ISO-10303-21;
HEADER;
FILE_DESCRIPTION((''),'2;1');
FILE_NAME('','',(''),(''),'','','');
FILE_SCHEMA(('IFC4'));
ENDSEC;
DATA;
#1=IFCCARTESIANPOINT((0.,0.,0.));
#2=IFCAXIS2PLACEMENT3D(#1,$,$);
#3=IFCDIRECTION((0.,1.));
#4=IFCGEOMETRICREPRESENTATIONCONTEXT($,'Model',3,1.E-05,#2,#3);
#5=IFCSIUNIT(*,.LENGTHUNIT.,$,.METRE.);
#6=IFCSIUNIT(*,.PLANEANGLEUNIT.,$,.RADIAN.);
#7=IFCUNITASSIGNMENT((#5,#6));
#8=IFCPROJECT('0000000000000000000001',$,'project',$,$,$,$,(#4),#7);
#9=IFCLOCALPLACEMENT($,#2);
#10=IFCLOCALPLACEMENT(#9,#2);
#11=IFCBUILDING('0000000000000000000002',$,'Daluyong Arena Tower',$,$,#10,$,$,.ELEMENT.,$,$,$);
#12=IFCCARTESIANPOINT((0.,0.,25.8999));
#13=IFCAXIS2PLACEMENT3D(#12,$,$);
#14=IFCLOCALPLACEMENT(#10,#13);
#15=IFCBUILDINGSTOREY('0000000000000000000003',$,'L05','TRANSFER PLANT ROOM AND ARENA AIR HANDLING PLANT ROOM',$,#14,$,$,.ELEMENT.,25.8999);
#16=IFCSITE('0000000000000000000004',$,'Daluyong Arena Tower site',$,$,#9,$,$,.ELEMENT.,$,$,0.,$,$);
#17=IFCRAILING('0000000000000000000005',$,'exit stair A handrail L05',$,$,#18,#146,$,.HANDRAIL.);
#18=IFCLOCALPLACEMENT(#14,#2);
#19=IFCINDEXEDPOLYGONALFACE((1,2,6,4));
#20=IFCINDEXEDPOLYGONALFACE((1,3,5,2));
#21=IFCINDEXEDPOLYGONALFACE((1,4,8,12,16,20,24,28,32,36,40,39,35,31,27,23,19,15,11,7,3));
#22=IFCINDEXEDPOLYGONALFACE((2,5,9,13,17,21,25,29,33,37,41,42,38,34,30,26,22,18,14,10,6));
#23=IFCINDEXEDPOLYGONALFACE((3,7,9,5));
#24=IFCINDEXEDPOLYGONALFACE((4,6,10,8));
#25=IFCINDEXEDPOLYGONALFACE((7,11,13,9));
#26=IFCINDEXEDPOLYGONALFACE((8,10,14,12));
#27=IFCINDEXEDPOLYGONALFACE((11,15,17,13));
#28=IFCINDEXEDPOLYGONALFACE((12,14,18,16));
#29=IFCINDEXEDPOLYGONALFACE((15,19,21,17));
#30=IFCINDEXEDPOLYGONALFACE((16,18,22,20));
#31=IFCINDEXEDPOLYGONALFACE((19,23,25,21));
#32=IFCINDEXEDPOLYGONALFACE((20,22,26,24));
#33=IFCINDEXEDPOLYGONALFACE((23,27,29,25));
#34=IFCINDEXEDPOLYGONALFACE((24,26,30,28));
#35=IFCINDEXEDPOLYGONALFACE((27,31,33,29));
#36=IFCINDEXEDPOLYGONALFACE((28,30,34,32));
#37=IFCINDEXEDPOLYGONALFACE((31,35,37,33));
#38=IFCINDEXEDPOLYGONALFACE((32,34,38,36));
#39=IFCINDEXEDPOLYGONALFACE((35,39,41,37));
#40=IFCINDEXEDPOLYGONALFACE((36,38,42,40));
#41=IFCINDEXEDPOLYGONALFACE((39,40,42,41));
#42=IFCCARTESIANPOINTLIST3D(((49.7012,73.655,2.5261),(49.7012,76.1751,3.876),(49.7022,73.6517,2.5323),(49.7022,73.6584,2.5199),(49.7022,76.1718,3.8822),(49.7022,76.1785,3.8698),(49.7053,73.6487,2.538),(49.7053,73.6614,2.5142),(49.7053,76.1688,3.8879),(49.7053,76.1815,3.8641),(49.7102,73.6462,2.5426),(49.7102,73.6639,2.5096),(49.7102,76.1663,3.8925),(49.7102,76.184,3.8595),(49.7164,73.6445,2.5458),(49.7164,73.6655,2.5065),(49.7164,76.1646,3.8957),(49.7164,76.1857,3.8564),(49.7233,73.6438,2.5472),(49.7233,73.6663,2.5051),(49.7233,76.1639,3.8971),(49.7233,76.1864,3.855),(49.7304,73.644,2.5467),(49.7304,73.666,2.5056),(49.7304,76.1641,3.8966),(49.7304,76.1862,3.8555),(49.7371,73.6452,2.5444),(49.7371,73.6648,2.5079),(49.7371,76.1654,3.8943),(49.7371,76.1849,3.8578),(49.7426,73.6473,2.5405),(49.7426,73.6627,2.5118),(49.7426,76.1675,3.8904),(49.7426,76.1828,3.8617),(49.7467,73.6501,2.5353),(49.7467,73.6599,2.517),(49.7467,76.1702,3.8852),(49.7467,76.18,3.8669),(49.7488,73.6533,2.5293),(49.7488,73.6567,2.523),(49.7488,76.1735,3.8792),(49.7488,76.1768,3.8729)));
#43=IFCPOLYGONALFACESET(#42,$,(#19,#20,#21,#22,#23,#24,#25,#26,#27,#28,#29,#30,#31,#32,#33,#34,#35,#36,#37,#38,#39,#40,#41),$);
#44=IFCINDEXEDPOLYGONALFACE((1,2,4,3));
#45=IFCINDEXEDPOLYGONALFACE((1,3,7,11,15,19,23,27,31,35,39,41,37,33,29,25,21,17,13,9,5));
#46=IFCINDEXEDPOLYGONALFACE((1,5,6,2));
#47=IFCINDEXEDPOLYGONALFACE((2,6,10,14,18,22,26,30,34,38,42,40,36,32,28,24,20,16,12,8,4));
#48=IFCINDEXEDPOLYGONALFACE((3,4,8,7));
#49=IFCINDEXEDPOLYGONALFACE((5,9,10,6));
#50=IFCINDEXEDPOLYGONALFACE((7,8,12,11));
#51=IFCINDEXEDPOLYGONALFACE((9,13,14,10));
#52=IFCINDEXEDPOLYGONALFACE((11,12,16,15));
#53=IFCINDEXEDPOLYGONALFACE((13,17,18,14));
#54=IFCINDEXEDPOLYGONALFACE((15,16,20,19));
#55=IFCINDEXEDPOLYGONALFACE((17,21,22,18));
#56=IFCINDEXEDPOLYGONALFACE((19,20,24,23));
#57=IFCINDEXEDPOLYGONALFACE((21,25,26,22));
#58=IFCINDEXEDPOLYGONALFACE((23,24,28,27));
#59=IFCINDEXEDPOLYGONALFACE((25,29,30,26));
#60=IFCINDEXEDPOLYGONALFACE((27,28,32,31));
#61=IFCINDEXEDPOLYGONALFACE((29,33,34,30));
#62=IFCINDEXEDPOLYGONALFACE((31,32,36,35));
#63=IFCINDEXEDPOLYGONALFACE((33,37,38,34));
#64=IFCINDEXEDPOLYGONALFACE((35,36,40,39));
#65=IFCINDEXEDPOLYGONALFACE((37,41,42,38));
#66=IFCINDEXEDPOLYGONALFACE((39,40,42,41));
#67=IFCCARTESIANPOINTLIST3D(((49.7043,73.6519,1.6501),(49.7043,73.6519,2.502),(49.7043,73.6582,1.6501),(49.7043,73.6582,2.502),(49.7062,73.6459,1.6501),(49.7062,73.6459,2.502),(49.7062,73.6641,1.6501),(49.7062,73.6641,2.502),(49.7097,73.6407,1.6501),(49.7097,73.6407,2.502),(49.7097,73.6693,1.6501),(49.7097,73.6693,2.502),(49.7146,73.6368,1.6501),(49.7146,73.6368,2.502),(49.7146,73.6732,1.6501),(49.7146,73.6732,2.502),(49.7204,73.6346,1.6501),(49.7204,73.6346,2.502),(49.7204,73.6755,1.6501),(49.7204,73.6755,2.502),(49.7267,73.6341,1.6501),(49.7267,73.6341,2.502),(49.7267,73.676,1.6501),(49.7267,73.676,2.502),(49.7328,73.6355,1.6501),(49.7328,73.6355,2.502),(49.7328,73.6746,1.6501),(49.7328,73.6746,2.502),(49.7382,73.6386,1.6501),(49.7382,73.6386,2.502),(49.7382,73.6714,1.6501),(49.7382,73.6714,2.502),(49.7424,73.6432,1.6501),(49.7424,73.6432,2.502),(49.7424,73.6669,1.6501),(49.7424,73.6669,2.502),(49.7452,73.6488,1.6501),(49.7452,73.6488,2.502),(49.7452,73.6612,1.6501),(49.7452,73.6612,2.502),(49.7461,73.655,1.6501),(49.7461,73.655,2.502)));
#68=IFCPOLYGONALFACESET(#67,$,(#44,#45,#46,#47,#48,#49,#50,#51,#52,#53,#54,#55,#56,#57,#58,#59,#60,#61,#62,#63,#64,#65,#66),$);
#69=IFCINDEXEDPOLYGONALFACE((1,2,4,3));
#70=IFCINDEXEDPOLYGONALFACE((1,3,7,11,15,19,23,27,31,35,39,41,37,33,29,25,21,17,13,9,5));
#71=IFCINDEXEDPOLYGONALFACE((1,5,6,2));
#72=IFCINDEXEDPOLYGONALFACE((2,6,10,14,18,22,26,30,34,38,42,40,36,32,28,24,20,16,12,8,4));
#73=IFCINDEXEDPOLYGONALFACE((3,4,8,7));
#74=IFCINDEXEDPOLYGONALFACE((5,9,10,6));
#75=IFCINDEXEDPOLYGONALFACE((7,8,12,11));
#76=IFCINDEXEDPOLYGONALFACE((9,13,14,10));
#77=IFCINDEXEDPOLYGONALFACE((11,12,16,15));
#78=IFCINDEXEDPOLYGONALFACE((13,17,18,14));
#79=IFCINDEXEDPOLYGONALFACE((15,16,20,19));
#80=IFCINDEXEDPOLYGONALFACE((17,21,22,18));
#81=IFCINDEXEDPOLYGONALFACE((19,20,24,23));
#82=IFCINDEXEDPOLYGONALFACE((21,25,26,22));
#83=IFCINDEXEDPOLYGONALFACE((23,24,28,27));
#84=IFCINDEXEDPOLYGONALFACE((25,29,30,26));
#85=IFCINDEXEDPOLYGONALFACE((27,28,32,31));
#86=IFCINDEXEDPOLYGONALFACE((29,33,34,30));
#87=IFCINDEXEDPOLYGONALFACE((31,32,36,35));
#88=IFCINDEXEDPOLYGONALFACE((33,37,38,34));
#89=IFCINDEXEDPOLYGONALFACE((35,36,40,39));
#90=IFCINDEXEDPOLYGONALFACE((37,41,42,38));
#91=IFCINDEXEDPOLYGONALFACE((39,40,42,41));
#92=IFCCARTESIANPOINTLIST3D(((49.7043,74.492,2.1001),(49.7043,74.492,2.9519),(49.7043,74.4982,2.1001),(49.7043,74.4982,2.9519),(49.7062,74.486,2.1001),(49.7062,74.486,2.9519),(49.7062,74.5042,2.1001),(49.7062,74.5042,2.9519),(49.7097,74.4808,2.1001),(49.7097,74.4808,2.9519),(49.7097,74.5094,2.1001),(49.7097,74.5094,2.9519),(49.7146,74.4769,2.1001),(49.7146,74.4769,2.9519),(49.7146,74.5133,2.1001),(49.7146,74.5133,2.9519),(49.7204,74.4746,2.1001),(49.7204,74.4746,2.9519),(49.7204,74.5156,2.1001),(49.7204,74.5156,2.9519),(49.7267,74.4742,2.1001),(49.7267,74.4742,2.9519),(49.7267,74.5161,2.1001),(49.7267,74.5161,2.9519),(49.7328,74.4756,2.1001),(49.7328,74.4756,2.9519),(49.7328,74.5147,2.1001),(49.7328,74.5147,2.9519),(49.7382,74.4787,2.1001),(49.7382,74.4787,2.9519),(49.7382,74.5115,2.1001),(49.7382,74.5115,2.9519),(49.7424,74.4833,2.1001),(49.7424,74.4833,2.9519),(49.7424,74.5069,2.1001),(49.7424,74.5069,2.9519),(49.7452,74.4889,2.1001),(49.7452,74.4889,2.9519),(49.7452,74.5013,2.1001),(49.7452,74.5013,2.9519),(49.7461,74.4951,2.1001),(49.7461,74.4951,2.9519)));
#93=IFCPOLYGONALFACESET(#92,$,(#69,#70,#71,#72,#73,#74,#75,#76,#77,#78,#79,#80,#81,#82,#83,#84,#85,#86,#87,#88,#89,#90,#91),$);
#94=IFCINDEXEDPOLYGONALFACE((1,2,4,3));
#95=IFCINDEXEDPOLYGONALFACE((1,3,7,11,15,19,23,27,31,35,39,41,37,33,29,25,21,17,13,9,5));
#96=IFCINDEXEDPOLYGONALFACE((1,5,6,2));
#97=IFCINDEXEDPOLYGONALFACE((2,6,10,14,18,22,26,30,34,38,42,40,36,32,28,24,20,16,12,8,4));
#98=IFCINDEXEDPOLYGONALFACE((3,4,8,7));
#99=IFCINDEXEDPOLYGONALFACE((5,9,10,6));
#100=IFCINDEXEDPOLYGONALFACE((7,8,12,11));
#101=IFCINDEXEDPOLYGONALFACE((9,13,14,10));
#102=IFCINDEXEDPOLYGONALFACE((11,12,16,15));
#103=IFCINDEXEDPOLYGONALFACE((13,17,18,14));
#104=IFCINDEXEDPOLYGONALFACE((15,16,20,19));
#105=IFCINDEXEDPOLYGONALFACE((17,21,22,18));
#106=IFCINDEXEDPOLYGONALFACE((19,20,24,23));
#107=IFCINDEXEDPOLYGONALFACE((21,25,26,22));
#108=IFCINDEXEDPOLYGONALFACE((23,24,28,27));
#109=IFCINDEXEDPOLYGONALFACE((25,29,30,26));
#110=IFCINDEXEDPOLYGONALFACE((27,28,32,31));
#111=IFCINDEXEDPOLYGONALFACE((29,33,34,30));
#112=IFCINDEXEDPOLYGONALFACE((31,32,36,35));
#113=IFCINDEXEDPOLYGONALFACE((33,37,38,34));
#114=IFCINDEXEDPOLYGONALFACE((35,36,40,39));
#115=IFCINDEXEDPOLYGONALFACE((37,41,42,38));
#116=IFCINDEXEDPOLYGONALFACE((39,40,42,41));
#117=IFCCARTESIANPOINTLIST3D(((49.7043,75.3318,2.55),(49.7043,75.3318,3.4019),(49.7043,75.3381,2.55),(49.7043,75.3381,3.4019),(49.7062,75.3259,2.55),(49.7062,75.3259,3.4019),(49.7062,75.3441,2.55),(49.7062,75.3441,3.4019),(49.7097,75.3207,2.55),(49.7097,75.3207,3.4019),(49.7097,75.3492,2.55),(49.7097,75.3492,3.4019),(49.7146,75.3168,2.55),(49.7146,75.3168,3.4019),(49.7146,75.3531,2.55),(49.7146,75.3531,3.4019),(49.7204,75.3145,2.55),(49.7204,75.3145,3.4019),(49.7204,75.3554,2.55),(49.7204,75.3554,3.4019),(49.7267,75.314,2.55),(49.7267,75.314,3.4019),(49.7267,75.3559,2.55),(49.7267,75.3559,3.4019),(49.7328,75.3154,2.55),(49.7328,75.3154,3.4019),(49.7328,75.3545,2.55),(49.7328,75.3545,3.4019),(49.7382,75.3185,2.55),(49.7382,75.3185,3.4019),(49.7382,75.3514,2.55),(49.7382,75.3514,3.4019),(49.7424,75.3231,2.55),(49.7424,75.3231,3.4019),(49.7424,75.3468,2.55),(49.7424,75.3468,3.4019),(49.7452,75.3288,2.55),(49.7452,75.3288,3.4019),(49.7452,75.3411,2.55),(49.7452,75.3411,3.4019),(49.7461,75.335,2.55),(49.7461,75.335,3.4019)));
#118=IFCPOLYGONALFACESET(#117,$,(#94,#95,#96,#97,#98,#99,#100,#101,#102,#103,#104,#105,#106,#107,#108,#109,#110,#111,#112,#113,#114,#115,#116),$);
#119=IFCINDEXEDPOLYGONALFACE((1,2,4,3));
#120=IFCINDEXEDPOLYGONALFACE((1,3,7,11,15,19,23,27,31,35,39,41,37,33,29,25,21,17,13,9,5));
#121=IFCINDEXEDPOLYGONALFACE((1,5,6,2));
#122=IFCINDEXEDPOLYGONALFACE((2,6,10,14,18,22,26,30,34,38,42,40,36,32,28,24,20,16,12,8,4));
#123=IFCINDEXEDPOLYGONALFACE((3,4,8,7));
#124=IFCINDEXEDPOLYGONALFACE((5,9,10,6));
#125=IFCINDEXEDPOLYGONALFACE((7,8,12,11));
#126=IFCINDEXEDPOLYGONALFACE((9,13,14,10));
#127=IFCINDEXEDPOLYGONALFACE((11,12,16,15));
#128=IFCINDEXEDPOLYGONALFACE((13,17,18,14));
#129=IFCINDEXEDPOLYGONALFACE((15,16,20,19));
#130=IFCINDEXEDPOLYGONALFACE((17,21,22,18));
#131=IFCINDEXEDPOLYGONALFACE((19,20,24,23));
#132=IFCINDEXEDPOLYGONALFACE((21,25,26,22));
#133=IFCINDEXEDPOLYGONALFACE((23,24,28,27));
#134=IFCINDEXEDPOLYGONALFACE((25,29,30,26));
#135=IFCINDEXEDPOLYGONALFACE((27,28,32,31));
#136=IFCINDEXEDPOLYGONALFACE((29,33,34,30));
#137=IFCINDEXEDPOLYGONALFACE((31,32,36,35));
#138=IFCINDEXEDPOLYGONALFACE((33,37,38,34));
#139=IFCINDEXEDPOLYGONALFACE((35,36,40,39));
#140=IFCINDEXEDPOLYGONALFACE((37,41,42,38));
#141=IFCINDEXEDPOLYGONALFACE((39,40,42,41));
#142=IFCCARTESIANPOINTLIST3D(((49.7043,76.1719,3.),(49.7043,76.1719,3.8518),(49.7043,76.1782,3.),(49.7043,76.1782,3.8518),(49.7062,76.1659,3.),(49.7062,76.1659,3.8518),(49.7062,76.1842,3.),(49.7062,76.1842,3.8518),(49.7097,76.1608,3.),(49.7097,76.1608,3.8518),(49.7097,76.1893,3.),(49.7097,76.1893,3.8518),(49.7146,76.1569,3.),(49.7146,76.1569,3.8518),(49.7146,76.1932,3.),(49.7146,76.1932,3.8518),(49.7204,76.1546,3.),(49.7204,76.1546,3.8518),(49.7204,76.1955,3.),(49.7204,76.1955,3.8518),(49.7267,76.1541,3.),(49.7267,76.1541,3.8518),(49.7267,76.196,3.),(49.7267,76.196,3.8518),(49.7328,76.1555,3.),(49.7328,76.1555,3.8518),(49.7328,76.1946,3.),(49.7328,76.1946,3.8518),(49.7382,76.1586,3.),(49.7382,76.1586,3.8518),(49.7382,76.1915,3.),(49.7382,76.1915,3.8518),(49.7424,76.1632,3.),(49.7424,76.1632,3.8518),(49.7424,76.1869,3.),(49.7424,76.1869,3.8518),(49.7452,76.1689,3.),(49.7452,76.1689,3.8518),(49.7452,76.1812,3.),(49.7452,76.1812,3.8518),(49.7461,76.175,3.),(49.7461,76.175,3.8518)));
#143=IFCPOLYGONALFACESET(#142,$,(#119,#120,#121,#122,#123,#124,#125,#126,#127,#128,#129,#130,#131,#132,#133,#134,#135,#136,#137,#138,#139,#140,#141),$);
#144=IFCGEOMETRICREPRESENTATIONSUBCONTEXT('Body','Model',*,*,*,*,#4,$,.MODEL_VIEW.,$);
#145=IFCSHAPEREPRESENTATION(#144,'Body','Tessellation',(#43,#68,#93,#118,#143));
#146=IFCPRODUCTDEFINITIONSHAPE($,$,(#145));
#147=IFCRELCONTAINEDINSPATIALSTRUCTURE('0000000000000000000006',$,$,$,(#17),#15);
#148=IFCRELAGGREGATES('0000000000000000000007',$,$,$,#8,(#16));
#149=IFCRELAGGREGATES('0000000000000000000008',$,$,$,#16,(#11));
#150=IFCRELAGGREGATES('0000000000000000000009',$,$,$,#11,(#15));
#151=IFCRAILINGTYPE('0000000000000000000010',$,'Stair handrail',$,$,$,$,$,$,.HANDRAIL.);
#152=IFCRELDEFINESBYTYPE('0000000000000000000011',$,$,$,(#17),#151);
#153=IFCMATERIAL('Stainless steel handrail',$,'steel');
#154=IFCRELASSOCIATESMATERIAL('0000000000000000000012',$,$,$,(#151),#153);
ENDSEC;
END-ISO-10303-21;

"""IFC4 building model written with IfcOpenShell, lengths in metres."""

from ifc_helpers import new_model, si_unit, direction, frame, origin, origin_2d, place, context, subcontext, project, spatial, circle, extrude, material, type_object, element, save


model = new_model("IFC4")

# Units and contexts
model_context = context("Model", 3, precision=1e-05, world=origin(), true_north=direction((0.0, 1.0)))
body_context = subcontext(model_context, "Body", "Model", "MODEL_VIEW")
ifc_project = project(units=[si_unit("LENGTHUNIT", "METRE"), si_unit("PLANEANGLEUNIT", "RADIAN")], contexts=[model_context])

# Site, building, storey
site_placement = place(None, origin())
site = spatial("IfcSite", under=ifc_project, at=site_placement, Name="Daluyong Arena Tower site", CompositionType="ELEMENT", RefElevation=0.0)
building_placement = place(site_placement, origin())
building = spatial("IfcBuilding", under=site, at=building_placement, Name="Daluyong Arena Tower", CompositionType="ELEMENT")
storey_placement = place(building_placement, frame((0.0, 0.0, 25.8999)))
storey = spatial("IfcBuildingStorey", under=building, at=storey_placement, Name="L05", Description="TRANSFER PLANT ROOM AND ARENA AIR HANDLING PLANT ROOM", CompositionType="ELEMENT", Elevation=25.8999)

# Railing
ifc_material_1 = material(Name="Stainless steel handrail", Category="steel")
railing_type_1 = type_object("IfcRailingType", Name="Stair handrail", PredefinedType="HANDRAIL", material=ifc_material_1)
for number, where, name in (
    (1, (49.7251, 73.655, 1.6501), "exit stair A handrail L05"),
):
    element("IfcRailing", number, at=place(storey_placement, frame(where)), inside=storey, type_object=railing_type_1, Name=name, PredefinedType="HANDRAIL", context=body_context, shape_type="SweptSolid", body=[
        extrude(circle(Radius=0.0239, at=origin_2d()), frame((0.0, 0.0, 0.876), z_axis=(0.0, 0.881503, 0.472179), x_axis=(-1.0, 0.0, 0.0)), (0.0, 0.0, 1.0), 2.8589),
        extrude(circle(Radius=0.021, at=origin_2d()), origin(), (0.0, 0.0, 1.0), 0.8518),
        extrude(circle(Radius=0.021, at=origin_2d()), frame((0.0, 0.8401, 0.45)), (0.0, 0.0, 1.0), 0.8518),
        extrude(circle(Radius=0.021, at=origin_2d()), frame((0.0, 1.6799, 0.8999)), (0.0, 0.0, 1.0), 0.8518),
        extrude(circle(Radius=0.021, at=origin_2d()), frame((0.0, 2.52, 1.3499)), (0.0, 0.0, 1.0), 0.8518),
    ])

save(model, "model.ifc")
